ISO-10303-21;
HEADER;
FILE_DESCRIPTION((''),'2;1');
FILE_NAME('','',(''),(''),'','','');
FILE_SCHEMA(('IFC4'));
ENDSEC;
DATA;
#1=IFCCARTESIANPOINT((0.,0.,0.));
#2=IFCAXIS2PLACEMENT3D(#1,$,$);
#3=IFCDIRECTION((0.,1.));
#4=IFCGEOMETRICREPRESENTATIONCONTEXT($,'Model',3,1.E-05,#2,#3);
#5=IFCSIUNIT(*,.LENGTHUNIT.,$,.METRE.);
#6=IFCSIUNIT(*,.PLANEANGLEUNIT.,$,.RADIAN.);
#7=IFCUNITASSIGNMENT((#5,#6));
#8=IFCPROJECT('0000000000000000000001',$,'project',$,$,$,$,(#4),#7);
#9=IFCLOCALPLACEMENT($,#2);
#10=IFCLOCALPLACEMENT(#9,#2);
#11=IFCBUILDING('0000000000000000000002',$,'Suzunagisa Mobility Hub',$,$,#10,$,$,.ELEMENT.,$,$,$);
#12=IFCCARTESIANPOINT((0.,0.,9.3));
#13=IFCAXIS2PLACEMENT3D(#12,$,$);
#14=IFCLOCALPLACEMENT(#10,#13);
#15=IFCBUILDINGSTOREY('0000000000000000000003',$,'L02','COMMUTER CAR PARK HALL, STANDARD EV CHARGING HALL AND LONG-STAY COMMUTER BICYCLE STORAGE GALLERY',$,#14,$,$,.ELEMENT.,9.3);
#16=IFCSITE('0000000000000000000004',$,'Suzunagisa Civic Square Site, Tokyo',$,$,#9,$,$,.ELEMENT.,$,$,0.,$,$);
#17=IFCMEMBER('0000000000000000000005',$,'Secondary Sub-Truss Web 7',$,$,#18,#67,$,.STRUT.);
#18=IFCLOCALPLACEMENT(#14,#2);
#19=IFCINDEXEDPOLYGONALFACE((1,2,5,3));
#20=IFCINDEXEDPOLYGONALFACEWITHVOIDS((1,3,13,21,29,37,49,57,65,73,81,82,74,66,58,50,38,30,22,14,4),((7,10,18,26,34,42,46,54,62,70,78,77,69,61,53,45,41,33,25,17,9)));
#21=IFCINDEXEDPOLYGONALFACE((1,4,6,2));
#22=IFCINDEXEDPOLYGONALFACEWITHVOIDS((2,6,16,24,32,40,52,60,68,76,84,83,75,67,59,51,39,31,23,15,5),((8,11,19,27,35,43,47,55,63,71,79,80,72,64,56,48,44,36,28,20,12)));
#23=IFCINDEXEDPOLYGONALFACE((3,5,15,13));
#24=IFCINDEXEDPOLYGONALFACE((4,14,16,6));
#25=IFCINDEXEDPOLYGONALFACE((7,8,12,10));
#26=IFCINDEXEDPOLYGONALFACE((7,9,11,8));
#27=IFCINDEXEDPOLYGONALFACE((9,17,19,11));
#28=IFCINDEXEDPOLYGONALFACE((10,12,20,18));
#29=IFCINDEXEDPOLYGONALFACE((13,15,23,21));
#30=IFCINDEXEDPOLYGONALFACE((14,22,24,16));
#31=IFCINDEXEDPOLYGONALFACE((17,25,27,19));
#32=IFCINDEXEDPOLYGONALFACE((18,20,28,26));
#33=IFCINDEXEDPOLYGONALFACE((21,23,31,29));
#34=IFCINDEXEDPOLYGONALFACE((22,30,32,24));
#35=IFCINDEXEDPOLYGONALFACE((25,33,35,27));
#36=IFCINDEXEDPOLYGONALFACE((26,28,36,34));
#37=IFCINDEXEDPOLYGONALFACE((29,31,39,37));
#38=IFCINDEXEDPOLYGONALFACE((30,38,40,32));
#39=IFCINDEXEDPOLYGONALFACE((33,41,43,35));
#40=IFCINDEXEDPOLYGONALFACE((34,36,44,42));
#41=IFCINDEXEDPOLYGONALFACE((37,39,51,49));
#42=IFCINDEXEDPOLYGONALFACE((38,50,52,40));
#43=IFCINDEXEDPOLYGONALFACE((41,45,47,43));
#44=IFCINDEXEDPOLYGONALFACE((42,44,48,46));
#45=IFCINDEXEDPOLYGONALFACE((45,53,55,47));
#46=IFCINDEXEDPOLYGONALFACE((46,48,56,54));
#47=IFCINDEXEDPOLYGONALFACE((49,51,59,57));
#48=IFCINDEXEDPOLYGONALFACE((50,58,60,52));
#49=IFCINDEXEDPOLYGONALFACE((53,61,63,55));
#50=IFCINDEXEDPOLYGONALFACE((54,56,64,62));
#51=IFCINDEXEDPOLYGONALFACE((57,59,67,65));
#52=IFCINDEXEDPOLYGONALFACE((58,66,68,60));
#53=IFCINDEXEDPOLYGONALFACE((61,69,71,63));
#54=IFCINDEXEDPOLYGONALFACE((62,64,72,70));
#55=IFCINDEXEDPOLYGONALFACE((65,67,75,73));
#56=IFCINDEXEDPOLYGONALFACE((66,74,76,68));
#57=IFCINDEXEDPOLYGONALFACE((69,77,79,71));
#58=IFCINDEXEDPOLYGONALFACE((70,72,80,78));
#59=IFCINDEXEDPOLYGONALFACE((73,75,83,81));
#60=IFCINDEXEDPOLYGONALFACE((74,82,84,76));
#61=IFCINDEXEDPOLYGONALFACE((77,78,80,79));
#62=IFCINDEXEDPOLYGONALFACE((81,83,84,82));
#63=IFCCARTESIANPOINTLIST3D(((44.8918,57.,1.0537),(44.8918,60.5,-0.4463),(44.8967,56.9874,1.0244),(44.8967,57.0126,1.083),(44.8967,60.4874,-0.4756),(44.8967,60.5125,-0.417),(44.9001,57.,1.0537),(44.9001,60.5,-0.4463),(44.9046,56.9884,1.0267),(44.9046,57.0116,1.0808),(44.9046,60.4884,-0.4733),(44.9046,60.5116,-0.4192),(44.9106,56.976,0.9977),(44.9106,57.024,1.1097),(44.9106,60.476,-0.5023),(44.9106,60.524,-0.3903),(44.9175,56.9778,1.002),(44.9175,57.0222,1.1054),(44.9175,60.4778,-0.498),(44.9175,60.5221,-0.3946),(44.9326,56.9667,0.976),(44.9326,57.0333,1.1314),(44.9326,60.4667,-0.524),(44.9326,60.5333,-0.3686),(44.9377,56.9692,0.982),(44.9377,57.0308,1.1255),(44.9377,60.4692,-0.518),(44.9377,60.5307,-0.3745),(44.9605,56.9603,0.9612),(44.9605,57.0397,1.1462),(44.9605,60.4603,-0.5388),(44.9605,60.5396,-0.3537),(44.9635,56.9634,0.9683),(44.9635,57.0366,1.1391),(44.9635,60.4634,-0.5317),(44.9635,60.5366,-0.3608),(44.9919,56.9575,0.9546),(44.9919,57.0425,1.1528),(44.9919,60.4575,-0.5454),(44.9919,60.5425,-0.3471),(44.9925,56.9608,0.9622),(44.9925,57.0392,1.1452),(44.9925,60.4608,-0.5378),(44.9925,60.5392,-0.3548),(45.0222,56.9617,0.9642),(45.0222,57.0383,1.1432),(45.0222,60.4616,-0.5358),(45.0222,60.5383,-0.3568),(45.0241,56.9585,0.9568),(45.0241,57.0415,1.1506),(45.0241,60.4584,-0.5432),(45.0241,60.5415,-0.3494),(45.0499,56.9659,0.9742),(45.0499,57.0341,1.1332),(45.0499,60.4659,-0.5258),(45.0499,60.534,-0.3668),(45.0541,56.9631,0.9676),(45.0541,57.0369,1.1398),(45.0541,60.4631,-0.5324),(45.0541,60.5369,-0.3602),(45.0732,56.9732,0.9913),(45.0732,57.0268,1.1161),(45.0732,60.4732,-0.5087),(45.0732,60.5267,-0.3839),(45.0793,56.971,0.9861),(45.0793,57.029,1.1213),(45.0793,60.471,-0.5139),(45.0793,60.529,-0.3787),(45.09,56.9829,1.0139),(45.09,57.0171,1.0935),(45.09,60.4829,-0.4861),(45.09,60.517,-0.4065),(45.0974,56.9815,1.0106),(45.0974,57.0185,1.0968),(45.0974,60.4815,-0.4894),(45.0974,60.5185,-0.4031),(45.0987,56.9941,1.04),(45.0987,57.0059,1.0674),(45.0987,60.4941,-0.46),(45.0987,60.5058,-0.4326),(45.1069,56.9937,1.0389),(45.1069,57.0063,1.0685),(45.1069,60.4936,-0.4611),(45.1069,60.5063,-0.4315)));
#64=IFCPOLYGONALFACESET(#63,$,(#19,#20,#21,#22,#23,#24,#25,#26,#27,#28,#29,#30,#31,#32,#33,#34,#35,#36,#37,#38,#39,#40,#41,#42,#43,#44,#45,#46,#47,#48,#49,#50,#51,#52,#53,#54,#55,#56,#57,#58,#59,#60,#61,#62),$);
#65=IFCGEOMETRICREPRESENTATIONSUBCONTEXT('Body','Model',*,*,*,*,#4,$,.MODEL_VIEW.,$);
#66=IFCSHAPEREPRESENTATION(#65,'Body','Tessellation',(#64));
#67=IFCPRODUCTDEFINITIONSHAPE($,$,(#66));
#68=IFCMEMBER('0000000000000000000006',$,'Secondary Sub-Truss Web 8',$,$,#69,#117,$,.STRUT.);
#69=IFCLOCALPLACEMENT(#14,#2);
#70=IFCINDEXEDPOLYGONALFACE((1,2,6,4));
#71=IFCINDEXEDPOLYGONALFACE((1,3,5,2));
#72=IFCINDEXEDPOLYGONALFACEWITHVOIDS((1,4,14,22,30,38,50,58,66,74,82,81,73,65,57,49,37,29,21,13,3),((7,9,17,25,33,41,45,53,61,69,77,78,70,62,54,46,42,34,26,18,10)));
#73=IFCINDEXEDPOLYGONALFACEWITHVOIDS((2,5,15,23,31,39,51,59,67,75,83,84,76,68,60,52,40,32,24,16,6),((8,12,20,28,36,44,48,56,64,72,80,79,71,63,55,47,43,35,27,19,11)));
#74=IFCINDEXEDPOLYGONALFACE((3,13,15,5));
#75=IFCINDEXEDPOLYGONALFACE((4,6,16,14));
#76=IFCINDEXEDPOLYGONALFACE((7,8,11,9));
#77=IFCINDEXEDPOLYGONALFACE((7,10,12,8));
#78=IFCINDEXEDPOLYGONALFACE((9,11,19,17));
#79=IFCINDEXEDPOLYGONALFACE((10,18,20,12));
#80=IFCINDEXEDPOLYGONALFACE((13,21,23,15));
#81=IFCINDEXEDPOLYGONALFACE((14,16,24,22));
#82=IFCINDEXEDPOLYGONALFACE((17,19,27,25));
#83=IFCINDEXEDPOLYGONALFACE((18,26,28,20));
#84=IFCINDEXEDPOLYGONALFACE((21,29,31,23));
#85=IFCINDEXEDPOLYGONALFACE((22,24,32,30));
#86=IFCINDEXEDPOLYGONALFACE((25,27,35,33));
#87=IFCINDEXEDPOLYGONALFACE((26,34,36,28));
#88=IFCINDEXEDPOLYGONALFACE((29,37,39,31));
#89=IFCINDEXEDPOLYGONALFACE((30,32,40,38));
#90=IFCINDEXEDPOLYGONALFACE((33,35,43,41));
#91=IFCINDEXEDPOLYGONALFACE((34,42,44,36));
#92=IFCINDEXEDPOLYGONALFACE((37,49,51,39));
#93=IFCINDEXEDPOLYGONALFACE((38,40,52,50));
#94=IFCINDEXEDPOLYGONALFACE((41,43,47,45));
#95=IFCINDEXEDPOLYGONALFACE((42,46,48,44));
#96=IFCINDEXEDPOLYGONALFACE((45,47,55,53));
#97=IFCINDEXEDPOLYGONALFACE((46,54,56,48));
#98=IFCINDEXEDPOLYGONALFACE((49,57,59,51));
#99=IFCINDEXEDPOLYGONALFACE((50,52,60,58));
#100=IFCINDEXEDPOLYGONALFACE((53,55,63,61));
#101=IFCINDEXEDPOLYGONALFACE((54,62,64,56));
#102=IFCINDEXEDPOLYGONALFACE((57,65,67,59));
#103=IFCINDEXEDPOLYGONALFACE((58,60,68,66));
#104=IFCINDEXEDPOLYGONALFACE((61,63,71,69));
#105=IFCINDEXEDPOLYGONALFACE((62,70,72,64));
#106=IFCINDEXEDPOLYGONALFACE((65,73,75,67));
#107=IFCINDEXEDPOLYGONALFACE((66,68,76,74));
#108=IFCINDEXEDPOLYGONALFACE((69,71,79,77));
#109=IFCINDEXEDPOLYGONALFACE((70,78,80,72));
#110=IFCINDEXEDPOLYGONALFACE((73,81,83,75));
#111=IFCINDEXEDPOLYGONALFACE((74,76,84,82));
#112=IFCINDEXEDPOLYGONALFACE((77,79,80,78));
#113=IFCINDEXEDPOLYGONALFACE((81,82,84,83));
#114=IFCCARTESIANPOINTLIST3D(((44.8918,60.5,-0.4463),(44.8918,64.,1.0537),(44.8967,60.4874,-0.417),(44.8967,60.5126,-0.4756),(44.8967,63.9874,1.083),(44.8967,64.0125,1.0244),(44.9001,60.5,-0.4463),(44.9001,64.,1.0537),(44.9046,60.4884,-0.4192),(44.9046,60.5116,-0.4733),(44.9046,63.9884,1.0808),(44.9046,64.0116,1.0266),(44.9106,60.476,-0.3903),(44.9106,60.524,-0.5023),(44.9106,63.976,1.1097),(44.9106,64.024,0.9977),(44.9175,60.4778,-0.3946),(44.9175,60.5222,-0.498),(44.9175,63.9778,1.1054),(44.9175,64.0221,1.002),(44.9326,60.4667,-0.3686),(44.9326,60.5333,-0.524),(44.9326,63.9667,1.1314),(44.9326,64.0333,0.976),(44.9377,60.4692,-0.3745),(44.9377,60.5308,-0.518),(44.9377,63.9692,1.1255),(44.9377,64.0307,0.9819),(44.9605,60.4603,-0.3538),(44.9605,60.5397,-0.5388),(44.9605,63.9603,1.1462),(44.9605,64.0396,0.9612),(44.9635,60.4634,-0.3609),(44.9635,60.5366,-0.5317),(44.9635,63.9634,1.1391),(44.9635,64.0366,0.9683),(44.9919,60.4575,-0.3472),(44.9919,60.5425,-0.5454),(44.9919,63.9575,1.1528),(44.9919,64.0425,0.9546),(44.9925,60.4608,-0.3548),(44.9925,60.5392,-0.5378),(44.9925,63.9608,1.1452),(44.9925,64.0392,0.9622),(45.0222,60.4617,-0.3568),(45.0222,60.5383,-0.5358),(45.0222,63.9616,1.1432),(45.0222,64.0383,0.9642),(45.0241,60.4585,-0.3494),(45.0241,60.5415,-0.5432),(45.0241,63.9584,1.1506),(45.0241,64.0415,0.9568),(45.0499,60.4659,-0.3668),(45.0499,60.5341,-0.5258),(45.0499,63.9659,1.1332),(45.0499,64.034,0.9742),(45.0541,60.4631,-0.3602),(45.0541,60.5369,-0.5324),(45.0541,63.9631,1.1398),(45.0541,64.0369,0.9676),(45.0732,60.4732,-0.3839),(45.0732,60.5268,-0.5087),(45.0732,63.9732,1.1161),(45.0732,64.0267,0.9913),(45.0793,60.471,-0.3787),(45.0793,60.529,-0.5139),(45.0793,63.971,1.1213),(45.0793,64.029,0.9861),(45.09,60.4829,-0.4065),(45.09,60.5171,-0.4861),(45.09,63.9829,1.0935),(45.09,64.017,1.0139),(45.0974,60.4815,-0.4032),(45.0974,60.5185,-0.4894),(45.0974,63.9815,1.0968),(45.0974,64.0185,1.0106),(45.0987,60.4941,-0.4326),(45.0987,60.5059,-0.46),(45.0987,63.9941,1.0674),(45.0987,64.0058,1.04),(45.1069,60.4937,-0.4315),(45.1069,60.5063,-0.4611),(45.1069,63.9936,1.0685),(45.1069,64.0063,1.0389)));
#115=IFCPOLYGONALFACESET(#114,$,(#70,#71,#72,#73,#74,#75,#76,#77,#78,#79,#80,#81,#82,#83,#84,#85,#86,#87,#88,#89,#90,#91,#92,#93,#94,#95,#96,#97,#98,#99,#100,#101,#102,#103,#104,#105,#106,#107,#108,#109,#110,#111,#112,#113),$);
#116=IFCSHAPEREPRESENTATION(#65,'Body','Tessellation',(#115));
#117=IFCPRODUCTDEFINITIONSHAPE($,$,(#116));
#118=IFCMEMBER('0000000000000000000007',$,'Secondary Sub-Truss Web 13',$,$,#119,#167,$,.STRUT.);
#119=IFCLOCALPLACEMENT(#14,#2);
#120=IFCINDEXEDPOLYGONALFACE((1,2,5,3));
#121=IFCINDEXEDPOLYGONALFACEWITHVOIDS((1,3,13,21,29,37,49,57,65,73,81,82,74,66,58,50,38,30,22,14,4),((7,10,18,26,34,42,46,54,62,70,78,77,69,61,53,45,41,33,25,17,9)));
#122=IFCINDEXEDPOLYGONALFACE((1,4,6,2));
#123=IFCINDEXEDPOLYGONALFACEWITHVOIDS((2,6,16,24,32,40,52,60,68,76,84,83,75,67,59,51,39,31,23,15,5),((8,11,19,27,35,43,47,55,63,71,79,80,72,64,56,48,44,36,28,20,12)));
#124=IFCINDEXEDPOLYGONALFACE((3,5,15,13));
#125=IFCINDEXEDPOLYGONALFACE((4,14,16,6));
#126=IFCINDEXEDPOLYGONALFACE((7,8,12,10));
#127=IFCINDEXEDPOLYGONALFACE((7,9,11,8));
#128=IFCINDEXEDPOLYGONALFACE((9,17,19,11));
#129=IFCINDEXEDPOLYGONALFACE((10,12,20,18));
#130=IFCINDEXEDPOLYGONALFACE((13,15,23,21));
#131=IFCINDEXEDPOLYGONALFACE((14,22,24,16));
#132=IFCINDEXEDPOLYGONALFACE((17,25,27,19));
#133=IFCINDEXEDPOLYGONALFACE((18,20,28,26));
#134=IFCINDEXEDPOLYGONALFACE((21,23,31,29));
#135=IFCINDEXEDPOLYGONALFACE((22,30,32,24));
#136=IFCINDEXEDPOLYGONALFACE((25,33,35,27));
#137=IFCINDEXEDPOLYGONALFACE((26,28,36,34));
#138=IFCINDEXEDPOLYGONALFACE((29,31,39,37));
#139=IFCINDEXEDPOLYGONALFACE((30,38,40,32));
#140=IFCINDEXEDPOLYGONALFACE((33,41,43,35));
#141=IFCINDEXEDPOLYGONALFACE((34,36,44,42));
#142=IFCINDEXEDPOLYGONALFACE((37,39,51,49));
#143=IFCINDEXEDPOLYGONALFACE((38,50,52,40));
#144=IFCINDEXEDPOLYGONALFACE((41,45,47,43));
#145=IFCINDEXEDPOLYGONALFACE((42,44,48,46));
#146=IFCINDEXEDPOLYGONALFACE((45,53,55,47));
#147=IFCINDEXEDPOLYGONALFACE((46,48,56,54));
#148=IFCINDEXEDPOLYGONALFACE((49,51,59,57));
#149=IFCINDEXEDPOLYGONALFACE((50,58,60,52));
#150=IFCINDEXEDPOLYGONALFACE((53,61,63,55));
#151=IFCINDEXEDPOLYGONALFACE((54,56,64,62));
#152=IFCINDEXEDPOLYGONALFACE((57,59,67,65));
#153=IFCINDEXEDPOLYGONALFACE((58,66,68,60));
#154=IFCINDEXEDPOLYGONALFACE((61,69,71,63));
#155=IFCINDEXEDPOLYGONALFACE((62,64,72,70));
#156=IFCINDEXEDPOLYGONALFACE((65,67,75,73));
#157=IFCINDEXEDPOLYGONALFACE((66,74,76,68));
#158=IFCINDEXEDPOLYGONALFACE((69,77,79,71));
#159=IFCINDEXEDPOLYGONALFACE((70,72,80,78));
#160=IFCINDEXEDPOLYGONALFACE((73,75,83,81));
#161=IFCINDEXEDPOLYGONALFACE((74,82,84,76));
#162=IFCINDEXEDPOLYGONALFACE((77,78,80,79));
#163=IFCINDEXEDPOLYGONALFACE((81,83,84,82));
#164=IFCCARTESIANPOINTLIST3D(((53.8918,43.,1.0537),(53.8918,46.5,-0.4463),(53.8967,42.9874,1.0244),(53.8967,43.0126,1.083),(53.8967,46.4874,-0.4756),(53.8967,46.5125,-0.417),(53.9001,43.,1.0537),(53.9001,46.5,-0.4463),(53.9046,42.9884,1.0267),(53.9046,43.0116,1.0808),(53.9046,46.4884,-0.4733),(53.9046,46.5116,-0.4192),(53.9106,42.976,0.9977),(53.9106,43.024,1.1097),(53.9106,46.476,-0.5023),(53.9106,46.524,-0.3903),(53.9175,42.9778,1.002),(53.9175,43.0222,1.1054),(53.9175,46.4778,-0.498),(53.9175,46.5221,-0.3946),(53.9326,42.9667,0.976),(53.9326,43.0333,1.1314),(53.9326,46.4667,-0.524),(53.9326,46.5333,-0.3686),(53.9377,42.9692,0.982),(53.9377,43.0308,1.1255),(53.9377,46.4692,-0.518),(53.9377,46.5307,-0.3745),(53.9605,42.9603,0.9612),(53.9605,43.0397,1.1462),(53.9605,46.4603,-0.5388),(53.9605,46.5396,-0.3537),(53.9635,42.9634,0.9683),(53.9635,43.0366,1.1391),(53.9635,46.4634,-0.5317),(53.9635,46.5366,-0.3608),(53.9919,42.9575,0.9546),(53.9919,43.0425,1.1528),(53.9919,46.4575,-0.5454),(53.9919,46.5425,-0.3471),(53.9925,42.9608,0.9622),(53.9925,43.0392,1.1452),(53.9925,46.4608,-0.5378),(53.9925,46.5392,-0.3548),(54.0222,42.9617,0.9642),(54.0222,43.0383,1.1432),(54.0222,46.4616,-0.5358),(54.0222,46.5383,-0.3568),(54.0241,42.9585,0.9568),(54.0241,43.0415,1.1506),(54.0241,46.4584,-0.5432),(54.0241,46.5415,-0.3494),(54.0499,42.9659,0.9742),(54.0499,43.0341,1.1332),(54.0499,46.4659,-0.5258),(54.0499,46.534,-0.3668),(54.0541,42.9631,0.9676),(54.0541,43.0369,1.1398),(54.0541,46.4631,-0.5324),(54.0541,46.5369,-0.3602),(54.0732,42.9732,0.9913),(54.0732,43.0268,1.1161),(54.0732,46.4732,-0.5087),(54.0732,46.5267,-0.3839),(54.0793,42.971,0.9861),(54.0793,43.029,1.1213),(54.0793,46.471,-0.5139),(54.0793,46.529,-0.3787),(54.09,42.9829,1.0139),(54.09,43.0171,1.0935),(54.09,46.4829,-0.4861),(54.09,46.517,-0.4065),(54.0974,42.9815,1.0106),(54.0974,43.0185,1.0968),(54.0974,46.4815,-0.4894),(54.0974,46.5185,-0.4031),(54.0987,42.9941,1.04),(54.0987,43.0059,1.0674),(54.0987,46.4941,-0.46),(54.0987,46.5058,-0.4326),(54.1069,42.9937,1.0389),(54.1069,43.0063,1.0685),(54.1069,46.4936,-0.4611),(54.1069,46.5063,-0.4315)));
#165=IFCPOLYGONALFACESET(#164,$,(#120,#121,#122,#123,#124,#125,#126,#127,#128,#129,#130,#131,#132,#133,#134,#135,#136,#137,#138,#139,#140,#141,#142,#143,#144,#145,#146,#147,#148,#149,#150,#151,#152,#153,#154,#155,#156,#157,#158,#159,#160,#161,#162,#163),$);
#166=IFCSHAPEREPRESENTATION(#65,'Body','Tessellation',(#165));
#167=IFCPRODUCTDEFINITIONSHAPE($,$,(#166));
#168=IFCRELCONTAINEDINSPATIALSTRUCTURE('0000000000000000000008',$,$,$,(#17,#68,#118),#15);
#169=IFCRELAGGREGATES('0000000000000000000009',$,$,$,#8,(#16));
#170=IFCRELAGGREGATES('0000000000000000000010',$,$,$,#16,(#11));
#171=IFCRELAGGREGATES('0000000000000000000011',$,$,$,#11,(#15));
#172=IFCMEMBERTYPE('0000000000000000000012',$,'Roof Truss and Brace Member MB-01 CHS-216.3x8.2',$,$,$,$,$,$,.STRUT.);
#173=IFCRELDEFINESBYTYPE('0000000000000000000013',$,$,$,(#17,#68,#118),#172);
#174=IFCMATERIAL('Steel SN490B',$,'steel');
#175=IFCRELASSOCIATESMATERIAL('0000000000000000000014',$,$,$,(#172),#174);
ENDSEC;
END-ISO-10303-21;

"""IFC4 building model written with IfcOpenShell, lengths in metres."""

from ifc_helpers import new_model, si_unit, direction, frame, origin, origin_2d, place, context, subcontext, project, spatial, hollow_circle, extrude, material, material_profile, profile_set, type_object, element, save


model = new_model("IFC4")

# Units and contexts
model_context = context("Model", 3, precision=1e-05, world=origin(), true_north=direction((0.0, 1.0)))
body_context = subcontext(model_context, "Body", "Model", "MODEL_VIEW")
ifc_project = project(units=[si_unit("LENGTHUNIT", "METRE"), si_unit("PLANEANGLEUNIT", "RADIAN")], contexts=[model_context])

# Site, building, storey
site_placement = place(None, origin())
site = spatial("IfcSite", under=ifc_project, at=site_placement, Name="Suzunagisa Civic Square Site, Tokyo", CompositionType="ELEMENT", RefElevation=0.0)
building_placement = place(site_placement, origin())
building = spatial("IfcBuilding", under=site, at=building_placement, Name="Suzunagisa Mobility Hub", CompositionType="ELEMENT")
storey_placement = place(building_placement, frame((0.0, 0.0, 9.3)))
storey = spatial("IfcBuildingStorey", under=building, at=storey_placement, Name="L02", Description="COMMUTER CAR PARK HALL, STANDARD EV CHARGING HALL AND LONG-STAY COMMUTER BICYCLE STORAGE GALLERY", CompositionType="ELEMENT", Elevation=9.3)

# Members
ifc_material_1 = material(Name="Steel SN490B", Category="steel")
ifc_material_profile_1 = material_profile(ifc_material_1, hollow_circle(Radius=0.1082, WallThickness=0.0083, at=origin_2d()), Name="CHS-216.3x8.2")
ifc_profile_set_1 = profile_set([ifc_material_profile_1], Name="Steel SN490B")
member_type_1 = type_object("IfcMemberType", Name="Roof Truss and Brace Member MB-01 CHS-216.3x8.2", PredefinedType="STRUT", material=ifc_profile_set_1)
for number, where, z_axis, x_axis, name in (
    (1, (45.0, 57.0, 1.0537), (0.0, 0.919145, -0.393919), (-1.0, 0.0, 0.0), "Secondary Sub-Truss Web 7"),
    (2, (45.0, 60.5, -0.4463), (0.0, 0.919145, 0.393919), (-1.0, 0.0, 0.0), "Secondary Sub-Truss Web 8"),
    (3, (54.0, 43.0, 1.0537), (0.0, 0.919145, -0.393919), (-1.0, 0.0, 0.0), "Secondary Sub-Truss Web 13"),
):
    element("IfcMember", number, at=place(storey_placement, frame(where, z_axis=z_axis, x_axis=x_axis)), inside=storey, type_object=member_type_1, Name=name, PredefinedType="STRUT", context=body_context, shape_type="SweptSolid", body=[
        extrude(hollow_circle(Radius=0.1082, WallThickness=0.0083, at=origin_2d()), origin(), (0.0, 0.0, 1.0), 3.8079),
    ])

save(model, "model.ifc")
